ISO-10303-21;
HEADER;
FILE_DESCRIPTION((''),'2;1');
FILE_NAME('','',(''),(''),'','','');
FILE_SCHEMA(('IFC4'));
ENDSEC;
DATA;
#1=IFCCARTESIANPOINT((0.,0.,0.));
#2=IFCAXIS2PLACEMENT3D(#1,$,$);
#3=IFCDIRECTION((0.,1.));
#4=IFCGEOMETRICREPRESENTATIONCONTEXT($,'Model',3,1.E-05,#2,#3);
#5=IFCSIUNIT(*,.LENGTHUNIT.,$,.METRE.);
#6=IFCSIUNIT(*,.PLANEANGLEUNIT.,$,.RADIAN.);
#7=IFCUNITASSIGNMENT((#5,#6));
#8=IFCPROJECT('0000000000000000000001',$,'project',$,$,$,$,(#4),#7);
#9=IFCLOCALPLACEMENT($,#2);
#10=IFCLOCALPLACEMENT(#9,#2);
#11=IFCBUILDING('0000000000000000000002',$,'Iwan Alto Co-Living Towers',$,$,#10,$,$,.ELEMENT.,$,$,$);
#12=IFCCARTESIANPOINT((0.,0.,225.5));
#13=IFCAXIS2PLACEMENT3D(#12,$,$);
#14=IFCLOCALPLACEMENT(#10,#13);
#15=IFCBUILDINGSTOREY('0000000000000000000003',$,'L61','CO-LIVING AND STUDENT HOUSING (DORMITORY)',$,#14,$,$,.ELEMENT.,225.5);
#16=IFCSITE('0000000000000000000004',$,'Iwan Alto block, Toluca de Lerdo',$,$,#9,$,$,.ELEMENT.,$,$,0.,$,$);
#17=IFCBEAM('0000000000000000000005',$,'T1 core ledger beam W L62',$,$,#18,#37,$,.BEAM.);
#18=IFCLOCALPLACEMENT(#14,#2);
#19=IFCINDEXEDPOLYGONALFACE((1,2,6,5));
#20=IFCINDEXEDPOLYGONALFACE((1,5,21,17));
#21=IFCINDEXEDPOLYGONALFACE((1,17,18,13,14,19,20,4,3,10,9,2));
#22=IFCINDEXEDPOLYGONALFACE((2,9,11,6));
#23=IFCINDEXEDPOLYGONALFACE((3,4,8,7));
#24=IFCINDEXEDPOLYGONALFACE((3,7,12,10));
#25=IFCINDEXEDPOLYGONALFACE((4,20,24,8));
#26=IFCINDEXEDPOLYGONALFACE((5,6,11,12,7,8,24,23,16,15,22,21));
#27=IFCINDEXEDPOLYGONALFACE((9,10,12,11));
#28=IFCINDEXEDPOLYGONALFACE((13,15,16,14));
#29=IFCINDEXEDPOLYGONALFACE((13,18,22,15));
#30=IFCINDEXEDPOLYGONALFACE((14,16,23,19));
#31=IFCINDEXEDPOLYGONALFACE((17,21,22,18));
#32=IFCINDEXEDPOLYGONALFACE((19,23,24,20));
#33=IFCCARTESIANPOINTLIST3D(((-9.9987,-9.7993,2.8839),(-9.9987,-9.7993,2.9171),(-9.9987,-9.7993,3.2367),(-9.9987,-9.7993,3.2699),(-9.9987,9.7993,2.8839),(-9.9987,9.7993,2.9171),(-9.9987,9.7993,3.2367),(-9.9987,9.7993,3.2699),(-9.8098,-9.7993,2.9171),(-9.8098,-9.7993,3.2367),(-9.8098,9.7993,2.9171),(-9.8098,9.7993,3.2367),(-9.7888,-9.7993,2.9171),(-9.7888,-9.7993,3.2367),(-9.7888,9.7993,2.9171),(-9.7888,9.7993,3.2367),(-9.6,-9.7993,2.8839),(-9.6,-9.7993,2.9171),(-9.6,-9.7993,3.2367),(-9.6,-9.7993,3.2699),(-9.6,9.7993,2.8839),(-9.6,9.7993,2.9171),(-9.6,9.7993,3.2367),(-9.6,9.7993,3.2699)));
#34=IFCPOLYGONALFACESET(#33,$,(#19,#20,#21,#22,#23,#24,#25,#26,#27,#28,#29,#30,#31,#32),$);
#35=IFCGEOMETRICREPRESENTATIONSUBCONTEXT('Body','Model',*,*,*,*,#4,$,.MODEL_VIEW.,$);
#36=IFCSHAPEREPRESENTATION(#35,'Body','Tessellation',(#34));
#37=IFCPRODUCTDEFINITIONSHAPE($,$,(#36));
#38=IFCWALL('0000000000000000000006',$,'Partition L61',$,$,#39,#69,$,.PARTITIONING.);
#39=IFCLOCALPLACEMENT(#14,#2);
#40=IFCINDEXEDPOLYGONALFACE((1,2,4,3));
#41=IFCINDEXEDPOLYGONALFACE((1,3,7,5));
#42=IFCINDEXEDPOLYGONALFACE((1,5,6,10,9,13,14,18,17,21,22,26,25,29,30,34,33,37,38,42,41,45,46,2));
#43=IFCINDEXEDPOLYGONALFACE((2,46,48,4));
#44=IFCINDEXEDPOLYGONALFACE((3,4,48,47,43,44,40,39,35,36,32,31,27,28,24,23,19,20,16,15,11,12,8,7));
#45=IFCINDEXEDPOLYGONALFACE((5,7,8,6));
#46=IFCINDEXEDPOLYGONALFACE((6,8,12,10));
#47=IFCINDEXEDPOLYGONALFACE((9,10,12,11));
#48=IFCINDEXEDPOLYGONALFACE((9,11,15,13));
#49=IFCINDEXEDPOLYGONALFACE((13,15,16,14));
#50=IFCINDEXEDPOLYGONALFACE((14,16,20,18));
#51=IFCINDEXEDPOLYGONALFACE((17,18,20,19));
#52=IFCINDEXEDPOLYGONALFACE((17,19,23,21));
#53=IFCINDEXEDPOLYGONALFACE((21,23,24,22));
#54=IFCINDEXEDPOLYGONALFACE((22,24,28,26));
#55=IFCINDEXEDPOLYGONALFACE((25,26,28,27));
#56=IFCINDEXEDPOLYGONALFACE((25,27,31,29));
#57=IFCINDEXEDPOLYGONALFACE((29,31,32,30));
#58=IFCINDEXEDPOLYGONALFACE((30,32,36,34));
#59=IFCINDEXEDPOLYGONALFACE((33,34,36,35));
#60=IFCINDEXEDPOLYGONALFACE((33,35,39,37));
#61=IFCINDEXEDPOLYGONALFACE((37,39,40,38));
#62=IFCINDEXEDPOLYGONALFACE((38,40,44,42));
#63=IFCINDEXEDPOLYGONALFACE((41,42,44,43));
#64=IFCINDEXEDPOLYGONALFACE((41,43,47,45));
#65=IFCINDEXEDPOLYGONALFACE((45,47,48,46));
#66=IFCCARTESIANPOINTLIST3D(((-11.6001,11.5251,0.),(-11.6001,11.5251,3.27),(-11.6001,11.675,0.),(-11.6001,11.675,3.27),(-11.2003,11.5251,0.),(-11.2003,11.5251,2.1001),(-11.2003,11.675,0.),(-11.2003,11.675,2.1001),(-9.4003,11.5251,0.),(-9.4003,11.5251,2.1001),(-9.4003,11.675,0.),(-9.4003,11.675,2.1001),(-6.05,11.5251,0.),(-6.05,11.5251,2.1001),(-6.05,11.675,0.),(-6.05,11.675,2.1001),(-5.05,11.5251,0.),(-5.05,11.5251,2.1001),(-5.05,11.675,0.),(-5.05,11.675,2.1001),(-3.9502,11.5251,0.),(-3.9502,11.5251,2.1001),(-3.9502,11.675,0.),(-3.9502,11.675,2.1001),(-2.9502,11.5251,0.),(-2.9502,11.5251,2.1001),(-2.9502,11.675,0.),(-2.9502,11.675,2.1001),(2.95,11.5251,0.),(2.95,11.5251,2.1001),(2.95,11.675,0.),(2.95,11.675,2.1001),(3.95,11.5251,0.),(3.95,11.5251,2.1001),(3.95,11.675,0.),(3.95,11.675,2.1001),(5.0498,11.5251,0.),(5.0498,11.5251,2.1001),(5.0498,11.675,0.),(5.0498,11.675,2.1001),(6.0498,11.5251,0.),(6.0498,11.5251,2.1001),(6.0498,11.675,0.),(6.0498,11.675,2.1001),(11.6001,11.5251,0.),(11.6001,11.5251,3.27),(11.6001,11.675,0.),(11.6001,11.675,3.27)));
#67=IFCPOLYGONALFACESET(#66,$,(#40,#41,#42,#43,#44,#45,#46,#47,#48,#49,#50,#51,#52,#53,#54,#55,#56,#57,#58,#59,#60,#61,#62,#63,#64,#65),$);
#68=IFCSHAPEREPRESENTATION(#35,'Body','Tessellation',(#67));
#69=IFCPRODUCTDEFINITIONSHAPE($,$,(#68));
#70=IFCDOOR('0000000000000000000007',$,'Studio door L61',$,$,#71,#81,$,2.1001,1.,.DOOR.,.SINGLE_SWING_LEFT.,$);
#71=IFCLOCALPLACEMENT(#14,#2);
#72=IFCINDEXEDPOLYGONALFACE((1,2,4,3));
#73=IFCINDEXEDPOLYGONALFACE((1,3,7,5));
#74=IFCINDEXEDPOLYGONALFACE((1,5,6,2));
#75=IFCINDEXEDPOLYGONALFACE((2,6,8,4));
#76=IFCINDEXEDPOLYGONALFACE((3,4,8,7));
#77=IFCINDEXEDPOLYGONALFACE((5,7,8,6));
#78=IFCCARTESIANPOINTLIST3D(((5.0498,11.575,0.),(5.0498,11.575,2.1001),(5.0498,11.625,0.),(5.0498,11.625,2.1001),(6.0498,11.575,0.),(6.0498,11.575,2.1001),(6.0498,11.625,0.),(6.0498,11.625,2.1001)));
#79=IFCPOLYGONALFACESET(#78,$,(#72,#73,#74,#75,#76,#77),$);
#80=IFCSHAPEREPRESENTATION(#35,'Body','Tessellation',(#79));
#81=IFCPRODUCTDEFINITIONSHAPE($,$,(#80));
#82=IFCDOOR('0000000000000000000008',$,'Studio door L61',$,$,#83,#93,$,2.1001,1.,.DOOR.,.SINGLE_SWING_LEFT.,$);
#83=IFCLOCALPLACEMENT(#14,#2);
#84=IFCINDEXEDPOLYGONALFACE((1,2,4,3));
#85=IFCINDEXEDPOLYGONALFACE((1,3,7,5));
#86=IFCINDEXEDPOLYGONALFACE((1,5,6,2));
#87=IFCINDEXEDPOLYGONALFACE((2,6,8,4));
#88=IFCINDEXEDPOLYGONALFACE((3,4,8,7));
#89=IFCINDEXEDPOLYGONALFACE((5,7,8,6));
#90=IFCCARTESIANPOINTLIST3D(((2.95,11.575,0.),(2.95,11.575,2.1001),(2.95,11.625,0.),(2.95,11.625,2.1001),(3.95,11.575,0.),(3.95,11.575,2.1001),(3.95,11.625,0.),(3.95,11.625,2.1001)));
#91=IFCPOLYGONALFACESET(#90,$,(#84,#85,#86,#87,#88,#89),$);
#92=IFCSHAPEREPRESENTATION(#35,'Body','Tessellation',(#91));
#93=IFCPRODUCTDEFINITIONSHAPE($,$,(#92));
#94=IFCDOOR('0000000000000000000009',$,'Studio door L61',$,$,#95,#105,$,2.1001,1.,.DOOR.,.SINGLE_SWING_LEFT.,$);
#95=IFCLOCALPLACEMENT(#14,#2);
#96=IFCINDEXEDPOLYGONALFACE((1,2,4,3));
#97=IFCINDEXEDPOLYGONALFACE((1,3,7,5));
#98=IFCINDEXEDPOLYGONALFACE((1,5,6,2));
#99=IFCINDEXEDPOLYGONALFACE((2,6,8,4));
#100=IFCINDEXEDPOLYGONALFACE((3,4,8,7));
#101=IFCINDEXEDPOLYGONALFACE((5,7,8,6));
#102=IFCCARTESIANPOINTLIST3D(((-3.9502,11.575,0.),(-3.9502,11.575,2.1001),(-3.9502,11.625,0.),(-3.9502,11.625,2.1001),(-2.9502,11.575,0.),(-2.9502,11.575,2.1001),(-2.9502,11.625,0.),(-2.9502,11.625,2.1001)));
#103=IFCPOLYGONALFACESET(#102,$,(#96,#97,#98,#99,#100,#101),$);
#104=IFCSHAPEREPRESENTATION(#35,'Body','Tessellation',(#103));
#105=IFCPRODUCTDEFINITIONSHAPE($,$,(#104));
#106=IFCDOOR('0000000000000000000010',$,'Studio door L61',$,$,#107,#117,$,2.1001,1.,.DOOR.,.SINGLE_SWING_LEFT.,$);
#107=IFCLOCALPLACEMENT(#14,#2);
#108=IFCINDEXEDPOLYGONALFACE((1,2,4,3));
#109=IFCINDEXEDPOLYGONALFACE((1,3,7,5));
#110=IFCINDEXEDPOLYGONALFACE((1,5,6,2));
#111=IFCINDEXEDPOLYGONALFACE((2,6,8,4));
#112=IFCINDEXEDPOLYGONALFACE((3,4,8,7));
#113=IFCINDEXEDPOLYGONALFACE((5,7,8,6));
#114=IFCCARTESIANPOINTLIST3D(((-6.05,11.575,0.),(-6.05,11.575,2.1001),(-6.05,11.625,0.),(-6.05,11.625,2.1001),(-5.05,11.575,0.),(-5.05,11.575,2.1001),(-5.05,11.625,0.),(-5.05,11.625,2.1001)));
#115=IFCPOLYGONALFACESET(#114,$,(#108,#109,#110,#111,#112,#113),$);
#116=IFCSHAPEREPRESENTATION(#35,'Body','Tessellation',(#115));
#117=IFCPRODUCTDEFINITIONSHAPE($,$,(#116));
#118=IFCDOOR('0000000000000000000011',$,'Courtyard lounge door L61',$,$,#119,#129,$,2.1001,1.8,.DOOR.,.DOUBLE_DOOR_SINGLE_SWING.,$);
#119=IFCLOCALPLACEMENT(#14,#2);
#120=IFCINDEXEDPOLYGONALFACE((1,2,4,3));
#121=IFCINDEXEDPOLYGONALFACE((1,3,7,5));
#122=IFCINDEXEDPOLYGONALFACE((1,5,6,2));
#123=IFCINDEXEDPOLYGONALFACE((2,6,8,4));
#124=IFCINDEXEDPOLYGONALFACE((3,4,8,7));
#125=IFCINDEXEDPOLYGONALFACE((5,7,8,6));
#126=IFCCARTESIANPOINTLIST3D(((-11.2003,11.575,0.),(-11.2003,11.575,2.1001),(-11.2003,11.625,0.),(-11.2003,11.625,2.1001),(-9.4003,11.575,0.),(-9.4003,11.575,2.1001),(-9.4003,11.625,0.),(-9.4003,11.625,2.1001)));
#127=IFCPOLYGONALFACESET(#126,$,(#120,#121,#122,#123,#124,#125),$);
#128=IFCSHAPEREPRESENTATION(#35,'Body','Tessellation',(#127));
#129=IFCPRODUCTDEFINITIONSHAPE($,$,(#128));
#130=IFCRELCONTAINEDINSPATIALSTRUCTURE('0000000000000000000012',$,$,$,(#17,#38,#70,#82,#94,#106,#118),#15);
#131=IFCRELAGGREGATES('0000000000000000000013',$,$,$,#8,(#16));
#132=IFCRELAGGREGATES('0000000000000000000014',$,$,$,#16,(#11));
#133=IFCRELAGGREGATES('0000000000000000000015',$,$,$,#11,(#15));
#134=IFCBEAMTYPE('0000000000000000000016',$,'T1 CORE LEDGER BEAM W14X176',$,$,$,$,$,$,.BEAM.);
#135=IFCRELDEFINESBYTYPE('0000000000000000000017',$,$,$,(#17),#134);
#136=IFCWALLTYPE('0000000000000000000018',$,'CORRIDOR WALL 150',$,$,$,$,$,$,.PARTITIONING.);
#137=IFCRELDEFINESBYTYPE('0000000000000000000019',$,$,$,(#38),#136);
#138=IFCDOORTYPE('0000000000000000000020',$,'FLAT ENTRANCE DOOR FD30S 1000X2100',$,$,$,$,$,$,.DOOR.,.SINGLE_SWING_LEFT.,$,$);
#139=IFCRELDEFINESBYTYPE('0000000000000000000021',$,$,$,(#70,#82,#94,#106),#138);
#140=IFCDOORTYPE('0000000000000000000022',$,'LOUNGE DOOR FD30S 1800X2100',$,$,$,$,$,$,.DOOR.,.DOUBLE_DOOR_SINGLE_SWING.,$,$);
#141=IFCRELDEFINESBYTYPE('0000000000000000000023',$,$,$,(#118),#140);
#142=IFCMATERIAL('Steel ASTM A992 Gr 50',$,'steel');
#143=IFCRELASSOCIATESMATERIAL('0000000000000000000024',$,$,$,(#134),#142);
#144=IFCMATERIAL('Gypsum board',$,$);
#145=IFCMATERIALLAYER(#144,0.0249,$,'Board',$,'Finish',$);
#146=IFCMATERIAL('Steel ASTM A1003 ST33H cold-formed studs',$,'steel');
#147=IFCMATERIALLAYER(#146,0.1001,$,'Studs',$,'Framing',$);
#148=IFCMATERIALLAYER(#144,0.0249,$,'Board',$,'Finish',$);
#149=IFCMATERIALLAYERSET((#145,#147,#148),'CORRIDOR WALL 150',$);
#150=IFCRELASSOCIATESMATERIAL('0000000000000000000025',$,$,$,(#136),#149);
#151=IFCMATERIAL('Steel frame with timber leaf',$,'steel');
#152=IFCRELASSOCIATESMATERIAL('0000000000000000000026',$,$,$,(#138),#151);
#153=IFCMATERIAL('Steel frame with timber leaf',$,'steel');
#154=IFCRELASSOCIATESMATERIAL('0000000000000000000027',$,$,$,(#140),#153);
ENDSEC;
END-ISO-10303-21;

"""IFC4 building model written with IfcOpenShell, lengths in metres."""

from ifc_helpers import new_model, si_unit, direction, frame, frame_2d, origin, origin_2d, place, context, subcontext, project, spatial, rectangle, i_section, extrude, material, layer, layer_set, material_profile, profile_set, type_object, element, fill, save


model = new_model("IFC4")

# Units and contexts
model_context = context("Model", 3, precision=1e-05, world=origin(), true_north=direction((0.0, 1.0)))
body_context = subcontext(model_context, "Body", "Model", "MODEL_VIEW")
ifc_project = project(units=[si_unit("LENGTHUNIT", "METRE"), si_unit("PLANEANGLEUNIT", "RADIAN")], contexts=[model_context])

# Site, building, storey
site_placement = place(None, origin())
site = spatial("IfcSite", under=ifc_project, at=site_placement, Name="Iwan Alto block, Toluca de Lerdo", CompositionType="ELEMENT", RefElevation=0.0)
building_placement = place(site_placement, origin())
building = spatial("IfcBuilding", under=site, at=building_placement, Name="Iwan Alto Co-Living Towers", CompositionType="ELEMENT")
storey_placement = place(building_placement, frame((0.0, 0.0, 225.5)))
storey = spatial("IfcBuildingStorey", under=building, at=storey_placement, Name="L61", Description="CO-LIVING AND STUDENT HOUSING (DORMITORY)", CompositionType="ELEMENT", Elevation=225.5)

# Beam
ifc_material_1 = material(Name="Steel ASTM A992 Gr 50", Category="steel")
ifc_material_profile = material_profile(ifc_material_1, i_section(OverallWidth=0.3987, OverallDepth=0.386, WebThickness=0.021, FlangeThickness=0.0332, at=origin_2d()), Name="W14X176")
ifc_profile_set = profile_set([ifc_material_profile], Name="Steel ASTM A992 Gr 50")
beam_type = type_object("IfcBeamType", Name="T1 CORE LEDGER BEAM W14X176", PredefinedType="BEAM", material=ifc_profile_set)
beam_placement = place(storey_placement, frame((-9.7993, 9.7993, 3.0769), z_axis=(0.0, -1.0, 0.0), x_axis=(1.0, 0.0, 0.0)))
element("IfcBeam", 1, at=beam_placement, inside=storey, type_object=beam_type, Name="T1 core ledger beam W L62", PredefinedType="BEAM", context=body_context, shape_type="SweptSolid", body=[
    extrude(i_section(OverallWidth=0.3987, OverallDepth=0.386, WebThickness=0.021, FlangeThickness=0.0332, at=origin_2d()), origin(), (0.0, 0.0, 1.0), 19.5986),
])

# Wall, openings, doors
ifc_material_2 = material(Name="Gypsum board")
ifc_layer_1 = layer(ifc_material_2, 0.0249, Name="Board", Category="Finish")
ifc_material_3 = material(Name="Steel ASTM A1003 ST33H cold-formed studs", Category="steel")
ifc_layer_2 = layer(ifc_material_3, 0.1001, Name="Studs", Category="Framing")
ifc_layer_3 = layer(ifc_material_2, 0.0249, Name="Board", Category="Finish")
ifc_layer_set_1 = layer_set([ifc_layer_1, ifc_layer_2, ifc_layer_3], Name="CORRIDOR WALL 150")
wall_type_1 = type_object("IfcWallType", Name="CORRIDOR WALL 150", PredefinedType="PARTITIONING", material=ifc_layer_set_1)
wall_1_placement = place(storey_placement, frame((-11.6001, 11.6001, 0.0), z_axis=(0.0, 0.0, 1.0), x_axis=(1.0, 0.0, 0.0)))
wall_1 = element("IfcWall", 2, at=wall_1_placement, inside=storey, type_object=wall_type_1, Name="Partition L61", PredefinedType="PARTITIONING", context=body_context, shape_type="SweptSolid", body=[
    extrude(rectangle(XDim=23.2002, YDim=0.1499, at=frame_2d((11.6001, 0.0))), origin(), (0.0, 0.0, 1.0), 3.27),
])
opening_1_placement = place(wall_1_placement, frame((16.6499, 0.0, 0.0)))
opening_1 = element("IfcOpeningElement", 3, at=opening_1_placement, cuts=wall_1, PredefinedType="OPENING", context=body_context, shape_type="SweptSolid", body=[
    extrude(rectangle(XDim=1.0, YDim=2.1001, at=frame_2d((0.5, 1.05))), frame((0.0, 0.085, 0.0), z_axis=(0.0, -1.0, 0.0), x_axis=(1.0, 0.0, 0.0)), (0.0, 0.0, 1.0), 0.1699),
])
opening_2_placement = place(wall_1_placement, frame((14.55, 0.0, 0.0)))
opening_2 = element("IfcOpeningElement", 4, at=opening_2_placement, cuts=wall_1, PredefinedType="OPENING", context=body_context, shape_type="SweptSolid", body=[
    extrude(rectangle(XDim=1.0, YDim=2.1001, at=frame_2d((0.5, 1.05))), frame((0.0, 0.085, 0.0), z_axis=(0.0, -1.0, 0.0), x_axis=(1.0, 0.0, 0.0)), (0.0, 0.0, 1.0), 0.1699),
])
opening_3_placement = place(wall_1_placement, frame((7.6499, 0.0, 0.0)))
opening_3 = element("IfcOpeningElement", 5, at=opening_3_placement, cuts=wall_1, PredefinedType="OPENING", context=body_context, shape_type="SweptSolid", body=[
    extrude(rectangle(XDim=1.0, YDim=2.1001, at=frame_2d((0.5, 1.05))), frame((0.0, 0.085, 0.0), z_axis=(0.0, -1.0, 0.0), x_axis=(1.0, 0.0, 0.0)), (0.0, 0.0, 1.0), 0.1699),
])
opening_4_placement = place(wall_1_placement, frame((5.55, 0.0, 0.0)))
opening_4 = element("IfcOpeningElement", 6, at=opening_4_placement, cuts=wall_1, PredefinedType="OPENING", context=body_context, shape_type="SweptSolid", body=[
    extrude(rectangle(XDim=1.0, YDim=2.1001, at=frame_2d((0.5, 1.05))), frame((0.0, 0.085, 0.0), z_axis=(0.0, -1.0, 0.0), x_axis=(1.0, 0.0, 0.0)), (0.0, 0.0, 1.0), 0.1699),
])
opening_5_placement = place(wall_1_placement, frame((0.3999, 0.0, 0.0)))
opening_5 = element("IfcOpeningElement", 7, at=opening_5_placement, cuts=wall_1, PredefinedType="OPENING", context=body_context, shape_type="SweptSolid", body=[
    extrude(rectangle(XDim=1.8, YDim=2.1001, at=frame_2d((0.8999, 1.05))), frame((0.0, 0.085, 0.0), z_axis=(0.0, -1.0, 0.0), x_axis=(1.0, 0.0, 0.0)), (0.0, 0.0, 1.0), 0.1699),
])
ifc_material_4 = material(Name="Steel frame with timber leaf", Category="steel")
door_type_1 = type_object("IfcDoorType", Name="FLAT ENTRANCE DOOR FD30S 1000X2100", OperationType="SINGLE_SWING_LEFT", PredefinedType="DOOR", material=ifc_material_4)
door_1_placement = place(opening_1_placement, origin())
door_1 = element("IfcDoor", 8, at=door_1_placement, inside=storey, type_object=door_type_1, Name="Studio door L61", OperationType="SINGLE_SWING_LEFT", OverallHeight=2.1001, OverallWidth=1.0, PredefinedType="DOOR", context=body_context, shape_type="SweptSolid", body=[
    extrude(rectangle(XDim=1.0, YDim=2.1001, at=frame_2d((0.5, 1.05))), frame((0.0, 0.0249, 0.0), z_axis=(0.0, -1.0, 0.0), x_axis=(1.0, 0.0, 0.0)), (0.0, 0.0, 1.0), 0.05),
])
fill(opening_1, door_1)
door_2_placement = place(opening_2_placement, origin())
door_2 = element("IfcDoor", 9, at=door_2_placement, inside=storey, type_object=door_type_1, Name="Studio door L61", OperationType="SINGLE_SWING_LEFT", OverallHeight=2.1001, OverallWidth=1.0, PredefinedType="DOOR", context=body_context, shape_type="SweptSolid", body=[
    extrude(rectangle(XDim=1.0, YDim=2.1001, at=frame_2d((0.5, 1.05))), frame((0.0, 0.0249, 0.0), z_axis=(0.0, -1.0, 0.0), x_axis=(1.0, 0.0, 0.0)), (0.0, 0.0, 1.0), 0.05),
])
fill(opening_2, door_2)
door_3_placement = place(opening_3_placement, origin())
door_3 = element("IfcDoor", 10, at=door_3_placement, inside=storey, type_object=door_type_1, Name="Studio door L61", OperationType="SINGLE_SWING_LEFT", OverallHeight=2.1001, OverallWidth=1.0, PredefinedType="DOOR", context=body_context, shape_type="SweptSolid", body=[
    extrude(rectangle(XDim=1.0, YDim=2.1001, at=frame_2d((0.5, 1.05))), frame((0.0, 0.0249, 0.0), z_axis=(0.0, -1.0, 0.0), x_axis=(1.0, 0.0, 0.0)), (0.0, 0.0, 1.0), 0.05),
])
fill(opening_3, door_3)
door_4_placement = place(opening_4_placement, origin())
door_4 = element("IfcDoor", 11, at=door_4_placement, inside=storey, type_object=door_type_1, Name="Studio door L61", OperationType="SINGLE_SWING_LEFT", OverallHeight=2.1001, OverallWidth=1.0, PredefinedType="DOOR", context=body_context, shape_type="SweptSolid", body=[
    extrude(rectangle(XDim=1.0, YDim=2.1001, at=frame_2d((0.5, 1.05))), frame((0.0, 0.0249, 0.0), z_axis=(0.0, -1.0, 0.0), x_axis=(1.0, 0.0, 0.0)), (0.0, 0.0, 1.0), 0.05),
])
fill(opening_4, door_4)
ifc_material_5 = material(Name="Steel frame with timber leaf", Category="steel")
door_type_2 = type_object("IfcDoorType", Name="LOUNGE DOOR FD30S 1800X2100", OperationType="DOUBLE_DOOR_SINGLE_SWING", PredefinedType="DOOR", material=ifc_material_5)
door_5_placement = place(opening_5_placement, origin())
door_5 = element("IfcDoor", 12, at=door_5_placement, inside=storey, type_object=door_type_2, Name="Courtyard lounge door L61", OperationType="DOUBLE_DOOR_SINGLE_SWING", OverallHeight=2.1001, OverallWidth=1.8, PredefinedType="DOOR", context=body_context, shape_type="SweptSolid", body=[
    extrude(rectangle(XDim=1.8, YDim=2.1001, at=frame_2d((0.8999, 1.05))), frame((0.0, 0.0249, 0.0), z_axis=(0.0, -1.0, 0.0), x_axis=(1.0, 0.0, 0.0)), (0.0, 0.0, 1.0), 0.05),
])
fill(opening_5, door_5)

save(model, "model.ifc")
